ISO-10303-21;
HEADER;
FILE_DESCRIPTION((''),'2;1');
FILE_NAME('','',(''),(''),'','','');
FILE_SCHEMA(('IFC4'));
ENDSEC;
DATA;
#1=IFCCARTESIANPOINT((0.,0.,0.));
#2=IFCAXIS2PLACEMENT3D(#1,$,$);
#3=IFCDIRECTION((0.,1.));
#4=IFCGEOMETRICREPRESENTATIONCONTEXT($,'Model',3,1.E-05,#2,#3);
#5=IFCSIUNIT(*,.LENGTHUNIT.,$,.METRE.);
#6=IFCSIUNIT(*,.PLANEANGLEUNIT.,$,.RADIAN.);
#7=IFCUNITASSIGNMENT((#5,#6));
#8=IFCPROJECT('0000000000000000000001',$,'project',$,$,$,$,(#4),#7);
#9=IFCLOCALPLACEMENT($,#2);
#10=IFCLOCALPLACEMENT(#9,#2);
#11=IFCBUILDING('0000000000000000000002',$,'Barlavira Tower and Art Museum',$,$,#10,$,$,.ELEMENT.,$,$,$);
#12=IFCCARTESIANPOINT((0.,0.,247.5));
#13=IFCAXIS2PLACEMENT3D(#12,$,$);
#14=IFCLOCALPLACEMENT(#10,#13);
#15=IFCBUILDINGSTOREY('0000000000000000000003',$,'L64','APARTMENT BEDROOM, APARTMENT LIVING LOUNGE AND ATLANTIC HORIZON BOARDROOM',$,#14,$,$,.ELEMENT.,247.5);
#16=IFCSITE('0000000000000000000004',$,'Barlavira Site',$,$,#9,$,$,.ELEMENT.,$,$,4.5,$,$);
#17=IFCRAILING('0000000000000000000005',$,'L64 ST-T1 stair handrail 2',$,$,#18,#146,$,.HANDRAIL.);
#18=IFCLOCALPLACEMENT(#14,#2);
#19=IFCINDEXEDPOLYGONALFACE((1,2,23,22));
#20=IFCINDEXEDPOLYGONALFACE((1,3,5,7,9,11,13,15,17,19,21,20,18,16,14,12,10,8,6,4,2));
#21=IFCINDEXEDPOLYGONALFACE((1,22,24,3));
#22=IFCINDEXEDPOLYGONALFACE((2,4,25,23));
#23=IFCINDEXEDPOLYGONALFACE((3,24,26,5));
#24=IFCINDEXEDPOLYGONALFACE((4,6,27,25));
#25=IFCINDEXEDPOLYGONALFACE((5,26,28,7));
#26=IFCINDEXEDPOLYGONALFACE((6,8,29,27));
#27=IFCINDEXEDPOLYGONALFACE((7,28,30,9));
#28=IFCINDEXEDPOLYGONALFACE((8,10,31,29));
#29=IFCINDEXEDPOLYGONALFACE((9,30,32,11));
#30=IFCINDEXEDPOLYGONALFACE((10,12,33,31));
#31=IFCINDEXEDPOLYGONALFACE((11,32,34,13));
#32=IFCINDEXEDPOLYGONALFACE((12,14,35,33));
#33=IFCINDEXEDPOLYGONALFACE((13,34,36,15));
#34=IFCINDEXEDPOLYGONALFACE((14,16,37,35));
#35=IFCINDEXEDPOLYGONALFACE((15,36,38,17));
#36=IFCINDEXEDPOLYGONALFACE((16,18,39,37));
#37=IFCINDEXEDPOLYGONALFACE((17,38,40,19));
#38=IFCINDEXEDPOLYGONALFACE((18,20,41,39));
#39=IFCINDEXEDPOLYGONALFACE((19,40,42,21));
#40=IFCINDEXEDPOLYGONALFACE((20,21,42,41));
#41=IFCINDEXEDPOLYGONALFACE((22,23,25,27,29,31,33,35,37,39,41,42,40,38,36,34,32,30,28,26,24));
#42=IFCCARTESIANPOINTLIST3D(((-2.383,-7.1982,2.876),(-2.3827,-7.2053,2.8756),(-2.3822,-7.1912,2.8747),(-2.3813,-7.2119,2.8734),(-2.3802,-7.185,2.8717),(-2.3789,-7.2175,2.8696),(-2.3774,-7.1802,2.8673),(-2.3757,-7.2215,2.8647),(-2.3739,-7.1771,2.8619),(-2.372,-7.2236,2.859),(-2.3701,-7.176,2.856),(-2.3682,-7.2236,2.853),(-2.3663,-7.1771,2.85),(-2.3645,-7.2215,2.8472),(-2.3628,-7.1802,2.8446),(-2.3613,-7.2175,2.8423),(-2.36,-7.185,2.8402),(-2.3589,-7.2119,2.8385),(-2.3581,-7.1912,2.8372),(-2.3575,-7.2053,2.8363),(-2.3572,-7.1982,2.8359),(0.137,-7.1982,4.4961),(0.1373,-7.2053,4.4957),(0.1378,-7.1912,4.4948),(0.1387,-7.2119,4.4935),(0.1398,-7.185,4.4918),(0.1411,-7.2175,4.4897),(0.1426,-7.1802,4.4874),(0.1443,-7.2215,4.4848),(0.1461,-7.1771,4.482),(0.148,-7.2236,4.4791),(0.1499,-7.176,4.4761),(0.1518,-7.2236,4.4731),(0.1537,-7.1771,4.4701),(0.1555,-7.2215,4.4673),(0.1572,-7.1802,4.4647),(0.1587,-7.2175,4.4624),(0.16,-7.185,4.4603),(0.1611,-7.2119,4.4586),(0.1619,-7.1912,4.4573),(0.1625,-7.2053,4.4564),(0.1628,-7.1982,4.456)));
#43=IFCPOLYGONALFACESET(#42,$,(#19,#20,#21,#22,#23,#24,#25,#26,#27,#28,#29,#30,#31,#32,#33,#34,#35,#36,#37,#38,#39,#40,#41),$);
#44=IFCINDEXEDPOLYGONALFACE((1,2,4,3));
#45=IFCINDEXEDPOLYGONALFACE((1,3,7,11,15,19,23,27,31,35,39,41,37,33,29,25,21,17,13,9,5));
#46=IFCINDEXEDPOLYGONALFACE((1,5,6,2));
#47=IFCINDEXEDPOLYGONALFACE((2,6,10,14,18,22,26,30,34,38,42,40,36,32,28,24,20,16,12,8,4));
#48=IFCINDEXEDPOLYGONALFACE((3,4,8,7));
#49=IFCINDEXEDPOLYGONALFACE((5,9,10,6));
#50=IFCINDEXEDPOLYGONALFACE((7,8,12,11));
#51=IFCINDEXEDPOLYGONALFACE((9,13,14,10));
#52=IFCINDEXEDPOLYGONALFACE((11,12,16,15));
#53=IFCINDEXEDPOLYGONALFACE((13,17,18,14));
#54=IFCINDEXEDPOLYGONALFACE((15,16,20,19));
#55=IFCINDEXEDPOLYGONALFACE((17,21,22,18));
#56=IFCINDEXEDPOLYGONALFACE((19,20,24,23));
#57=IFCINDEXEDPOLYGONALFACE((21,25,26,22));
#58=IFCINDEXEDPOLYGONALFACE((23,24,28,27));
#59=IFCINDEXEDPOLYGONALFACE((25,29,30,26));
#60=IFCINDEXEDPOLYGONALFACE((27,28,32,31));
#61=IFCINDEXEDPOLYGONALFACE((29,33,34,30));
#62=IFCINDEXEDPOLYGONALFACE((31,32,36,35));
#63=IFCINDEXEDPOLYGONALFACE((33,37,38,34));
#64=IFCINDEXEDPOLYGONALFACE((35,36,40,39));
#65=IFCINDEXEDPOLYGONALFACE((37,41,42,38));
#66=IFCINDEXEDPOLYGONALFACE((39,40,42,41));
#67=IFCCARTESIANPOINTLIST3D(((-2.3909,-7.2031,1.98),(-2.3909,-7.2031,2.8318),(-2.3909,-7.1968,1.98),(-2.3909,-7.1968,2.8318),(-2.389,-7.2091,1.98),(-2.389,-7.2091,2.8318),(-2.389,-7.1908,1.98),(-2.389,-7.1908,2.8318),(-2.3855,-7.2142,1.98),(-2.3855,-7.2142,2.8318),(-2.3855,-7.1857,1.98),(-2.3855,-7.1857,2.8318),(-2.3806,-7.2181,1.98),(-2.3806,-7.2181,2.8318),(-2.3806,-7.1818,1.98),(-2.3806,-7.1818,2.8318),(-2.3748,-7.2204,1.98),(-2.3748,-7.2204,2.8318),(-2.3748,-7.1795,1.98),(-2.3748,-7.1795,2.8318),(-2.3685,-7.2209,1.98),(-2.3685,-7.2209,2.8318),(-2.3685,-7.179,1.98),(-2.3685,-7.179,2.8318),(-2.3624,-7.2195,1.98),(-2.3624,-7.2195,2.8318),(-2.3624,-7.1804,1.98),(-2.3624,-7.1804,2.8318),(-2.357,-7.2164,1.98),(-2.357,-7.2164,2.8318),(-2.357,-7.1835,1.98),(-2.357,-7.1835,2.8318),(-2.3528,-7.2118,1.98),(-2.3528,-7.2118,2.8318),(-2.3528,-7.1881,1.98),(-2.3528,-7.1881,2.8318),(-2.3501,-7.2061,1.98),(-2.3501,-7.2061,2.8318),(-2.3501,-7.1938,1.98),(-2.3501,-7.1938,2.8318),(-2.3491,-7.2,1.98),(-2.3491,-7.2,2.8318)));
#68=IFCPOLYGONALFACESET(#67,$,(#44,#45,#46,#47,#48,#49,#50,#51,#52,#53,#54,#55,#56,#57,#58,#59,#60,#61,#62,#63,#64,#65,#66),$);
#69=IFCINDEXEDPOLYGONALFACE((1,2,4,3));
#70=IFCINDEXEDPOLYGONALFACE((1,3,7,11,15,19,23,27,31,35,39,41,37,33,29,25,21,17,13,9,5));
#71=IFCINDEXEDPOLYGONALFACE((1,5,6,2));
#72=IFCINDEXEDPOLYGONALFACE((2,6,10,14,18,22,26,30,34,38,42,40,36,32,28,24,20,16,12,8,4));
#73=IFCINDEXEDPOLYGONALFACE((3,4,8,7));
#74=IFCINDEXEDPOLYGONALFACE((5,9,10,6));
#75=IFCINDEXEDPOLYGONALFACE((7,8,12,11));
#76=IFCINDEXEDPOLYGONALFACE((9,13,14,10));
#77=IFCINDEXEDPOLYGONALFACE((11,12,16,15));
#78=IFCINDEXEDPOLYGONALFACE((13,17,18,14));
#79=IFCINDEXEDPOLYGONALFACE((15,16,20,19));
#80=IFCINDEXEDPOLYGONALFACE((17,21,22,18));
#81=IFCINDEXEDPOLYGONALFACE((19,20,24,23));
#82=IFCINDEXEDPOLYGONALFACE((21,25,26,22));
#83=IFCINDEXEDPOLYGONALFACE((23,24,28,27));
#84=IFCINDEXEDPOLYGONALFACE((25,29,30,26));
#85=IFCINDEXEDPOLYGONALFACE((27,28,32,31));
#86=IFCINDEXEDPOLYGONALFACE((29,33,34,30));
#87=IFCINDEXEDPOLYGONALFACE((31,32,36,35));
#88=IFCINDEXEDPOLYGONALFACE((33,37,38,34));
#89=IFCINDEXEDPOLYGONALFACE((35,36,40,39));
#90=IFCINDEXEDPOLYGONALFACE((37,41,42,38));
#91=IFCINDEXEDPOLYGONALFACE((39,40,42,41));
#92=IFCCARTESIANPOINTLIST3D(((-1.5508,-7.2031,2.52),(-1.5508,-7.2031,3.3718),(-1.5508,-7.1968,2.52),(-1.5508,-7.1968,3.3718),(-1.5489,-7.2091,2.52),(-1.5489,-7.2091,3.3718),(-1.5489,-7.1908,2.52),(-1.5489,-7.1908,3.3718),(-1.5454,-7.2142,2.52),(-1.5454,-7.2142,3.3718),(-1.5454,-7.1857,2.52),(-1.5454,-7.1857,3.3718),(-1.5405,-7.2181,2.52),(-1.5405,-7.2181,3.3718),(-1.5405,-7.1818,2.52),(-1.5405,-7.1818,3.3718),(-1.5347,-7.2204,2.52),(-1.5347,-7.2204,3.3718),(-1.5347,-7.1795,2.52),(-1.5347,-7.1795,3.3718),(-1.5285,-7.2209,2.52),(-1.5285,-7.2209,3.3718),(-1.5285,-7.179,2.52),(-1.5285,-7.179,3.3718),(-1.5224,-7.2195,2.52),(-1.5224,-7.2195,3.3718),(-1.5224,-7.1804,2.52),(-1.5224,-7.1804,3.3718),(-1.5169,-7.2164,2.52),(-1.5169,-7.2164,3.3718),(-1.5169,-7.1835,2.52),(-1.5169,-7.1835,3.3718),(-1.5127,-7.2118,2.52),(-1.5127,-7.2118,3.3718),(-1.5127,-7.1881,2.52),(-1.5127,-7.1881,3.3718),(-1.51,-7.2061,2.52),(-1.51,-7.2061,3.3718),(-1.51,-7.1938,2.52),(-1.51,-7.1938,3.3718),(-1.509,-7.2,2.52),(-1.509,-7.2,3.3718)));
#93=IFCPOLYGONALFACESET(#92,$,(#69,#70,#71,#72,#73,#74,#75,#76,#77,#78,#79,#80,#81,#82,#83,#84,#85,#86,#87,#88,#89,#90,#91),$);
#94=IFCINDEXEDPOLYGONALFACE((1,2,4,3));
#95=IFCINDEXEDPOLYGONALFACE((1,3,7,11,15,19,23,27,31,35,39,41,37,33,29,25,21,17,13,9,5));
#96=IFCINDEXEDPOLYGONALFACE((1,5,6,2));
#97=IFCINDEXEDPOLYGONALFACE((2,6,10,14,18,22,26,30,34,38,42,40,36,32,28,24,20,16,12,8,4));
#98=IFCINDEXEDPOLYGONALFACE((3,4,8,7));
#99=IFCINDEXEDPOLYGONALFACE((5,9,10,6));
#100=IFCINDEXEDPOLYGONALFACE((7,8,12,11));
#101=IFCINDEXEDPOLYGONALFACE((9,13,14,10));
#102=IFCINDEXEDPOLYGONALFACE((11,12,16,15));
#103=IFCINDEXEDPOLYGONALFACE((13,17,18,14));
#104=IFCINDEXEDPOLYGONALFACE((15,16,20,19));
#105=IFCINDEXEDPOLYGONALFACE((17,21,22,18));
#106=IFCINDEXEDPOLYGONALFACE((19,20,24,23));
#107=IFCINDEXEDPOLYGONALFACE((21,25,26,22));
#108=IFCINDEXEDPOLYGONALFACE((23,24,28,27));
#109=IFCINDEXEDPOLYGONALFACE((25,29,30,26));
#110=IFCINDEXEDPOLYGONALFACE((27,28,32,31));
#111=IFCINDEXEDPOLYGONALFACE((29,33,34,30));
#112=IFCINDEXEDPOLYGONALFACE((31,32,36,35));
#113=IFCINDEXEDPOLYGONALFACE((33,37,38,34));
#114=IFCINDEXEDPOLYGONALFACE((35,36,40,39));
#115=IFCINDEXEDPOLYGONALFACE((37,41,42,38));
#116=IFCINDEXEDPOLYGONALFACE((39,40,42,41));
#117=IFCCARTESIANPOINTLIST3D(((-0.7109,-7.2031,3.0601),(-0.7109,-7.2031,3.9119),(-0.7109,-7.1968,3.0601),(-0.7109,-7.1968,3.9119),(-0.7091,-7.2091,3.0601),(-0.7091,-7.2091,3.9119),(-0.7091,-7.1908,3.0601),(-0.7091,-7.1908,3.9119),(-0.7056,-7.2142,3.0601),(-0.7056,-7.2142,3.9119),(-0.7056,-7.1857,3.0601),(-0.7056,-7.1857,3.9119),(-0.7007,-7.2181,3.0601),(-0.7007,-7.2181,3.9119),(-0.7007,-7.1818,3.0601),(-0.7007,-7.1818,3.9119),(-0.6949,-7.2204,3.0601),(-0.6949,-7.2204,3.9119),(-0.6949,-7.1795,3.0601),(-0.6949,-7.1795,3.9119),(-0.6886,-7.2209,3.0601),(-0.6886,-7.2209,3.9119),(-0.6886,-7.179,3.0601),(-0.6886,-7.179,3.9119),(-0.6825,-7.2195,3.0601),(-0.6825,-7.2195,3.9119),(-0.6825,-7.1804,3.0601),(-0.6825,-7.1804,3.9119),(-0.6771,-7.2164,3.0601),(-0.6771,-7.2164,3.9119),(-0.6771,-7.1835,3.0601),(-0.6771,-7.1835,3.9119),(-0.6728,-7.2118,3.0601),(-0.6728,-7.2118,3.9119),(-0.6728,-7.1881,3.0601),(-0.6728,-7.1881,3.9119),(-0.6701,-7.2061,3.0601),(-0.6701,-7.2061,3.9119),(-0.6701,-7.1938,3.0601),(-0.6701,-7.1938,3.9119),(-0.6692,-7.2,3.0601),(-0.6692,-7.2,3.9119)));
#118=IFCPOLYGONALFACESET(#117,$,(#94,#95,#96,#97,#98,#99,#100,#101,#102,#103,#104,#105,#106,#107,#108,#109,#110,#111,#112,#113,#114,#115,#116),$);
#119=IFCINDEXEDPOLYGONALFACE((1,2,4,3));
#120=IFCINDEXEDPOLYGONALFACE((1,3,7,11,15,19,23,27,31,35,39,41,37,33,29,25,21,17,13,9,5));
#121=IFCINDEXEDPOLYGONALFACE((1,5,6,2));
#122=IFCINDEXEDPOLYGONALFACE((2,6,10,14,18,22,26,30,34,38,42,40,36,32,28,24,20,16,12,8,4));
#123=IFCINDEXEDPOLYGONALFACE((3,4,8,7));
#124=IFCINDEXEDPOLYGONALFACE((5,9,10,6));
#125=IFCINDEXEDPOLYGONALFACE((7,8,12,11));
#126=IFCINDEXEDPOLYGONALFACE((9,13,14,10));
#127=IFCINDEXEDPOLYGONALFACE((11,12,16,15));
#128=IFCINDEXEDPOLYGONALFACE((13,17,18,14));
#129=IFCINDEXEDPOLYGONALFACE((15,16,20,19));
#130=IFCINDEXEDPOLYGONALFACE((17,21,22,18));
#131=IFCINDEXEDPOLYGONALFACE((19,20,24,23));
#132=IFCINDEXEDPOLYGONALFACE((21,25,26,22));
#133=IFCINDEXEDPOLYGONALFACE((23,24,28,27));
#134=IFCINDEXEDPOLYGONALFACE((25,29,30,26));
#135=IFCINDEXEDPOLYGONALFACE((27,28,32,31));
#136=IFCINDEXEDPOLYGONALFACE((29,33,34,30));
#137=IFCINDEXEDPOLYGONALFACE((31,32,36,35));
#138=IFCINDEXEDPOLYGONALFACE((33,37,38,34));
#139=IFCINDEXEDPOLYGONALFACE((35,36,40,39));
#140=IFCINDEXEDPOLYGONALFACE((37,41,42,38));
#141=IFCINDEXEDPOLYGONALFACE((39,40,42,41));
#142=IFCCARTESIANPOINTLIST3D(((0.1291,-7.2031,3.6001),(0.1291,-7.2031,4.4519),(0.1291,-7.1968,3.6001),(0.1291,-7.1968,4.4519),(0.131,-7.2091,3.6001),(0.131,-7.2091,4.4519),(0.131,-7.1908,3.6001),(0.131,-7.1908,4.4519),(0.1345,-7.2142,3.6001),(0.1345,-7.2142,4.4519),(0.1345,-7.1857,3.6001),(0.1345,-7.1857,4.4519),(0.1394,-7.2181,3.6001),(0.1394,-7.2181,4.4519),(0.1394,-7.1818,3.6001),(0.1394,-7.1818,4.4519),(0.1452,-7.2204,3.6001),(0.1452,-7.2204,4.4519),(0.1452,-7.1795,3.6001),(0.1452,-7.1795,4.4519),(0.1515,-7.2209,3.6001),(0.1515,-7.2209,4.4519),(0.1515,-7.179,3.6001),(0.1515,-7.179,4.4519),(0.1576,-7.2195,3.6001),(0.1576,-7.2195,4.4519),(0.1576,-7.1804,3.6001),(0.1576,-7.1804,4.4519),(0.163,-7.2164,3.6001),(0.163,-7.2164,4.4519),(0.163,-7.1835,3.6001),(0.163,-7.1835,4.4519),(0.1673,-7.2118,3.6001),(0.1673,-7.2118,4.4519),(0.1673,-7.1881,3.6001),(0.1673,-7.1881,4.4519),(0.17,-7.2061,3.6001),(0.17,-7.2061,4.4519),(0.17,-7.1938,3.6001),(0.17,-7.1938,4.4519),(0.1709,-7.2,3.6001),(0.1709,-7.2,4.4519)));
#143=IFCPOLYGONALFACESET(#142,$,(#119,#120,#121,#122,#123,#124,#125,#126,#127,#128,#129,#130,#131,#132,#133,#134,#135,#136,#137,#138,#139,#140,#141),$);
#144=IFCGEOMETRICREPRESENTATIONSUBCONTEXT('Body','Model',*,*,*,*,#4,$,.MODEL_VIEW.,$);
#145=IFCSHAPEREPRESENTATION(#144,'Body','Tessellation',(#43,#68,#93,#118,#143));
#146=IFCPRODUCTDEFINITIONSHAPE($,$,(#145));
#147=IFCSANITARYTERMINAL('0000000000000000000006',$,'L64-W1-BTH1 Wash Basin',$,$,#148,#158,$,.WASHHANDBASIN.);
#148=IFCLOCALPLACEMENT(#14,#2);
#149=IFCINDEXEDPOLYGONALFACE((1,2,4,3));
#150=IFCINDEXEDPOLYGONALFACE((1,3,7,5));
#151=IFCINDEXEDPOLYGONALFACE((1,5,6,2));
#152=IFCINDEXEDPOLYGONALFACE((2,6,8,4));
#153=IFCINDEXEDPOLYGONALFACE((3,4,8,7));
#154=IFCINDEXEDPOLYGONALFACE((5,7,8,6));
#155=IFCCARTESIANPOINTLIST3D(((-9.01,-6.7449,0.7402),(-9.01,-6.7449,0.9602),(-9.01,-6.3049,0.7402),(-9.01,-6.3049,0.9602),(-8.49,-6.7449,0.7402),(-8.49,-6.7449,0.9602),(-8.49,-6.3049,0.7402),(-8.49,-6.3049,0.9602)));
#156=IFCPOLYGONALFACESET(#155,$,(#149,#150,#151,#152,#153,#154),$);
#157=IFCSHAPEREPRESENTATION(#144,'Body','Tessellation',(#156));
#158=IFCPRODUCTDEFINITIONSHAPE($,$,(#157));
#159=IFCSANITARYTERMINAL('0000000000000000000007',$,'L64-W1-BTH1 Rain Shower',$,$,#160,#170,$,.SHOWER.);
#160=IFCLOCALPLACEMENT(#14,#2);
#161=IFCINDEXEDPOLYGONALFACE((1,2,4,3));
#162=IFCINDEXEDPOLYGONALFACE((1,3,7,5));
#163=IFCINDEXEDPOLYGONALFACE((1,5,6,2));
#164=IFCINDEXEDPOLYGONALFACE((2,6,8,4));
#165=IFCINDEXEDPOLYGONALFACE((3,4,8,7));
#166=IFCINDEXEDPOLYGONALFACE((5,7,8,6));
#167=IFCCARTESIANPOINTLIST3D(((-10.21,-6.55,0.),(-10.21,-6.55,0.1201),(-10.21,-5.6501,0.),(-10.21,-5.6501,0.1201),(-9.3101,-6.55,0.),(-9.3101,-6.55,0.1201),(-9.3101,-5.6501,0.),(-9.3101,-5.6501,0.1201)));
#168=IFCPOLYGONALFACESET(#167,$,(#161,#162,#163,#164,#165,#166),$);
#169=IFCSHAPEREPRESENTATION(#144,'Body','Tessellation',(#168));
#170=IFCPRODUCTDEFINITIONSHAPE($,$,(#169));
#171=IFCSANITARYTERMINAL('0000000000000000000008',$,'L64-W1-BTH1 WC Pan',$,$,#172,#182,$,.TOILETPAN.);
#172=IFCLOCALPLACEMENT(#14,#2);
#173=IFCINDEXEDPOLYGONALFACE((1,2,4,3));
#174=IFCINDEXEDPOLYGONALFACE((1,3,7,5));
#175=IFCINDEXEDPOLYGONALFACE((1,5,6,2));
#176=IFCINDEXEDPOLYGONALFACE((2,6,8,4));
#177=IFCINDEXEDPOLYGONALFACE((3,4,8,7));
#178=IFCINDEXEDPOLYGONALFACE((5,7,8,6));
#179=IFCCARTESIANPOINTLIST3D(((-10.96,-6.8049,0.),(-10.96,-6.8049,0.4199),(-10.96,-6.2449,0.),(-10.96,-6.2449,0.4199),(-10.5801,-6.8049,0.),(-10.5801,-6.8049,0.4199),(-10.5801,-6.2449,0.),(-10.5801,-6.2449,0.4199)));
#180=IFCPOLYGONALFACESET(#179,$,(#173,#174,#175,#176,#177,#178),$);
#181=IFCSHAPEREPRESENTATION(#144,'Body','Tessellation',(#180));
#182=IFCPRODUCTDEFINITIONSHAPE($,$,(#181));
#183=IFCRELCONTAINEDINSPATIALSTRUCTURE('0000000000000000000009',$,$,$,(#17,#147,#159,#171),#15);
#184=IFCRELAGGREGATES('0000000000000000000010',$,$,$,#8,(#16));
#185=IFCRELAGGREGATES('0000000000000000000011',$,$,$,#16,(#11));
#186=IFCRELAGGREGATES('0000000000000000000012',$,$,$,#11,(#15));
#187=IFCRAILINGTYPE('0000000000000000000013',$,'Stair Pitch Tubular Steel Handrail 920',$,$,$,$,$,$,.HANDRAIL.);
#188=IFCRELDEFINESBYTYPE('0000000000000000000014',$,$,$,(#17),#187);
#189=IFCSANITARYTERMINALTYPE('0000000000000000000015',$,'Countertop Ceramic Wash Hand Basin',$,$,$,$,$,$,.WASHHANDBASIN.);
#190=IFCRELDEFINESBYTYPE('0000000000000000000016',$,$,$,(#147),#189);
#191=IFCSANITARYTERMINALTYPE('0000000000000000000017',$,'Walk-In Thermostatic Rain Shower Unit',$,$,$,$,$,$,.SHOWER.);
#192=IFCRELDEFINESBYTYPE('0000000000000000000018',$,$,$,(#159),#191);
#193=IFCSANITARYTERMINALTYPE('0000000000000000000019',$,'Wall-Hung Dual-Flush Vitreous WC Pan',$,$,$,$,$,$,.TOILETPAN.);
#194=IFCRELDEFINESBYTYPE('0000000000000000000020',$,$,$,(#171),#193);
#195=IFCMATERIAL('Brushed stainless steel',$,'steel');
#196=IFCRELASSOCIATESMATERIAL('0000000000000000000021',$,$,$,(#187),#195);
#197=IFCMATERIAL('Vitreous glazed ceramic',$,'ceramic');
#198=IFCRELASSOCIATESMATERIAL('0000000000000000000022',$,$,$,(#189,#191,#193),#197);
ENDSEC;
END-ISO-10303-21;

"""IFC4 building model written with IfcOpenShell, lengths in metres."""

from ifc_helpers import new_model, si_unit, direction, frame, origin, origin_2d, place, context, subcontext, project, spatial, rectangle, circle, extrude, material, type_object, element, save


model = new_model("IFC4")

# Units and contexts
model_context = context("Model", 3, precision=1e-05, world=origin(), true_north=direction((0.0, 1.0)))
body_context = subcontext(model_context, "Body", "Model", "MODEL_VIEW")
ifc_project = project(units=[si_unit("LENGTHUNIT", "METRE"), si_unit("PLANEANGLEUNIT", "RADIAN")], contexts=[model_context])

# Site, building, storey
site_placement = place(None, origin())
site = spatial("IfcSite", under=ifc_project, at=site_placement, Name="Barlavira Site", CompositionType="ELEMENT", RefElevation=4.5)
building_placement = place(site_placement, origin())
building = spatial("IfcBuilding", under=site, at=building_placement, Name="Barlavira Tower and Art Museum", CompositionType="ELEMENT")
storey_placement = place(building_placement, frame((0.0, 0.0, 247.5)))
storey = spatial("IfcBuildingStorey", under=building, at=storey_placement, Name="L64", Description="APARTMENT BEDROOM, APARTMENT LIVING LOUNGE AND ATLANTIC HORIZON BOARDROOM", CompositionType="ELEMENT", Elevation=247.5)

# Shared definitions
ifc_material_1 = material(Name="Brushed stainless steel", Category="steel")

# Railing
railing_type_1 = type_object("IfcRailingType", Name="Stair Pitch Tubular Steel Handrail 920", PredefinedType="HANDRAIL", material=ifc_material_1)
railing_1_placement = place(storey_placement, frame((-2.3701, -7.2, 1.98)))
element("IfcRailing", 1, at=railing_1_placement, inside=storey, type_object=railing_type_1, Name="L64 ST-T1 stair handrail 2", PredefinedType="HANDRAIL", context=body_context, shape_type="SweptSolid", body=[
    extrude(circle(Radius=0.0239, at=origin_2d()), frame((0.0, 0.0, 0.876), z_axis=(0.841163, 0.0, 0.540782), x_axis=(0.0, 1.0, 0.0)), (0.0, 0.0, 1.0), 2.9958),
    extrude(circle(Radius=0.021, at=origin_2d()), origin(), (0.0, 0.0, 1.0), 0.8518),
    extrude(circle(Radius=0.021, at=origin_2d()), frame((0.8401, 0.0, 0.54)), (0.0, 0.0, 1.0), 0.8518),
    extrude(circle(Radius=0.021, at=origin_2d()), frame((1.6799, 0.0, 1.0801)), (0.0, 0.0, 1.0), 0.8518),
    extrude(circle(Radius=0.021, at=origin_2d()), frame((2.52, 0.0, 1.6201)), (0.0, 0.0, 1.0), 0.8518),
])

# Sanitary terminals
ifc_material_2 = material(Name="Vitreous glazed ceramic", Category="ceramic")
sanitary_terminal_type_1 = type_object("IfcSanitaryTerminalType", Name="Countertop Ceramic Wash Hand Basin", PredefinedType="WASHHANDBASIN", material=ifc_material_2)
sanitary_terminal_1_placement = place(storey_placement, frame((-8.75, -6.5249, 0.7402), z_axis=(0.0, 0.0, 1.0), x_axis=(1.0, 0.0, 0.0)))
element("IfcSanitaryTerminal", 2, at=sanitary_terminal_1_placement, inside=storey, type_object=sanitary_terminal_type_1, Name="L64-W1-BTH1 Wash Basin", PredefinedType="WASHHANDBASIN", context=body_context, shape_type="SweptSolid", body=[
    extrude(rectangle(XDim=0.52, YDim=0.4399, at=origin_2d()), origin(), (0.0, 0.0, 1.0), 0.22),
])
sanitary_terminal_type_2 = type_object("IfcSanitaryTerminalType", Name="Walk-In Thermostatic Rain Shower Unit", PredefinedType="SHOWER", material=ifc_material_2)
sanitary_terminal_2_placement = place(storey_placement, frame((-9.76, -6.1001, 0.0), z_axis=(0.0, 0.0, 1.0), x_axis=(1.0, 0.0, 0.0)))
element("IfcSanitaryTerminal", 3, at=sanitary_terminal_2_placement, inside=storey, type_object=sanitary_terminal_type_2, Name="L64-W1-BTH1 Rain Shower", PredefinedType="SHOWER", context=body_context, shape_type="SweptSolid", body=[
    extrude(rectangle(XDim=0.8999, YDim=0.8999, at=origin_2d()), origin(), (0.0, 0.0, 1.0), 0.1201),
])
sanitary_terminal_type_3 = type_object("IfcSanitaryTerminalType", Name="Wall-Hung Dual-Flush Vitreous WC Pan", PredefinedType="TOILETPAN", material=ifc_material_2)
sanitary_terminal_3_placement = place(storey_placement, frame((-10.77, -6.5249, 0.0), z_axis=(0.0, 0.0, 1.0), x_axis=(1.0, 0.0, 0.0)))
element("IfcSanitaryTerminal", 4, at=sanitary_terminal_3_placement, inside=storey, type_object=sanitary_terminal_type_3, Name="L64-W1-BTH1 WC Pan", PredefinedType="TOILETPAN", context=body_context, shape_type="SweptSolid", body=[
    extrude(rectangle(XDim=0.3799, YDim=0.5601, at=origin_2d()), origin(), (0.0, 0.0, 1.0), 0.4199),
])

save(model, "model.ifc")
